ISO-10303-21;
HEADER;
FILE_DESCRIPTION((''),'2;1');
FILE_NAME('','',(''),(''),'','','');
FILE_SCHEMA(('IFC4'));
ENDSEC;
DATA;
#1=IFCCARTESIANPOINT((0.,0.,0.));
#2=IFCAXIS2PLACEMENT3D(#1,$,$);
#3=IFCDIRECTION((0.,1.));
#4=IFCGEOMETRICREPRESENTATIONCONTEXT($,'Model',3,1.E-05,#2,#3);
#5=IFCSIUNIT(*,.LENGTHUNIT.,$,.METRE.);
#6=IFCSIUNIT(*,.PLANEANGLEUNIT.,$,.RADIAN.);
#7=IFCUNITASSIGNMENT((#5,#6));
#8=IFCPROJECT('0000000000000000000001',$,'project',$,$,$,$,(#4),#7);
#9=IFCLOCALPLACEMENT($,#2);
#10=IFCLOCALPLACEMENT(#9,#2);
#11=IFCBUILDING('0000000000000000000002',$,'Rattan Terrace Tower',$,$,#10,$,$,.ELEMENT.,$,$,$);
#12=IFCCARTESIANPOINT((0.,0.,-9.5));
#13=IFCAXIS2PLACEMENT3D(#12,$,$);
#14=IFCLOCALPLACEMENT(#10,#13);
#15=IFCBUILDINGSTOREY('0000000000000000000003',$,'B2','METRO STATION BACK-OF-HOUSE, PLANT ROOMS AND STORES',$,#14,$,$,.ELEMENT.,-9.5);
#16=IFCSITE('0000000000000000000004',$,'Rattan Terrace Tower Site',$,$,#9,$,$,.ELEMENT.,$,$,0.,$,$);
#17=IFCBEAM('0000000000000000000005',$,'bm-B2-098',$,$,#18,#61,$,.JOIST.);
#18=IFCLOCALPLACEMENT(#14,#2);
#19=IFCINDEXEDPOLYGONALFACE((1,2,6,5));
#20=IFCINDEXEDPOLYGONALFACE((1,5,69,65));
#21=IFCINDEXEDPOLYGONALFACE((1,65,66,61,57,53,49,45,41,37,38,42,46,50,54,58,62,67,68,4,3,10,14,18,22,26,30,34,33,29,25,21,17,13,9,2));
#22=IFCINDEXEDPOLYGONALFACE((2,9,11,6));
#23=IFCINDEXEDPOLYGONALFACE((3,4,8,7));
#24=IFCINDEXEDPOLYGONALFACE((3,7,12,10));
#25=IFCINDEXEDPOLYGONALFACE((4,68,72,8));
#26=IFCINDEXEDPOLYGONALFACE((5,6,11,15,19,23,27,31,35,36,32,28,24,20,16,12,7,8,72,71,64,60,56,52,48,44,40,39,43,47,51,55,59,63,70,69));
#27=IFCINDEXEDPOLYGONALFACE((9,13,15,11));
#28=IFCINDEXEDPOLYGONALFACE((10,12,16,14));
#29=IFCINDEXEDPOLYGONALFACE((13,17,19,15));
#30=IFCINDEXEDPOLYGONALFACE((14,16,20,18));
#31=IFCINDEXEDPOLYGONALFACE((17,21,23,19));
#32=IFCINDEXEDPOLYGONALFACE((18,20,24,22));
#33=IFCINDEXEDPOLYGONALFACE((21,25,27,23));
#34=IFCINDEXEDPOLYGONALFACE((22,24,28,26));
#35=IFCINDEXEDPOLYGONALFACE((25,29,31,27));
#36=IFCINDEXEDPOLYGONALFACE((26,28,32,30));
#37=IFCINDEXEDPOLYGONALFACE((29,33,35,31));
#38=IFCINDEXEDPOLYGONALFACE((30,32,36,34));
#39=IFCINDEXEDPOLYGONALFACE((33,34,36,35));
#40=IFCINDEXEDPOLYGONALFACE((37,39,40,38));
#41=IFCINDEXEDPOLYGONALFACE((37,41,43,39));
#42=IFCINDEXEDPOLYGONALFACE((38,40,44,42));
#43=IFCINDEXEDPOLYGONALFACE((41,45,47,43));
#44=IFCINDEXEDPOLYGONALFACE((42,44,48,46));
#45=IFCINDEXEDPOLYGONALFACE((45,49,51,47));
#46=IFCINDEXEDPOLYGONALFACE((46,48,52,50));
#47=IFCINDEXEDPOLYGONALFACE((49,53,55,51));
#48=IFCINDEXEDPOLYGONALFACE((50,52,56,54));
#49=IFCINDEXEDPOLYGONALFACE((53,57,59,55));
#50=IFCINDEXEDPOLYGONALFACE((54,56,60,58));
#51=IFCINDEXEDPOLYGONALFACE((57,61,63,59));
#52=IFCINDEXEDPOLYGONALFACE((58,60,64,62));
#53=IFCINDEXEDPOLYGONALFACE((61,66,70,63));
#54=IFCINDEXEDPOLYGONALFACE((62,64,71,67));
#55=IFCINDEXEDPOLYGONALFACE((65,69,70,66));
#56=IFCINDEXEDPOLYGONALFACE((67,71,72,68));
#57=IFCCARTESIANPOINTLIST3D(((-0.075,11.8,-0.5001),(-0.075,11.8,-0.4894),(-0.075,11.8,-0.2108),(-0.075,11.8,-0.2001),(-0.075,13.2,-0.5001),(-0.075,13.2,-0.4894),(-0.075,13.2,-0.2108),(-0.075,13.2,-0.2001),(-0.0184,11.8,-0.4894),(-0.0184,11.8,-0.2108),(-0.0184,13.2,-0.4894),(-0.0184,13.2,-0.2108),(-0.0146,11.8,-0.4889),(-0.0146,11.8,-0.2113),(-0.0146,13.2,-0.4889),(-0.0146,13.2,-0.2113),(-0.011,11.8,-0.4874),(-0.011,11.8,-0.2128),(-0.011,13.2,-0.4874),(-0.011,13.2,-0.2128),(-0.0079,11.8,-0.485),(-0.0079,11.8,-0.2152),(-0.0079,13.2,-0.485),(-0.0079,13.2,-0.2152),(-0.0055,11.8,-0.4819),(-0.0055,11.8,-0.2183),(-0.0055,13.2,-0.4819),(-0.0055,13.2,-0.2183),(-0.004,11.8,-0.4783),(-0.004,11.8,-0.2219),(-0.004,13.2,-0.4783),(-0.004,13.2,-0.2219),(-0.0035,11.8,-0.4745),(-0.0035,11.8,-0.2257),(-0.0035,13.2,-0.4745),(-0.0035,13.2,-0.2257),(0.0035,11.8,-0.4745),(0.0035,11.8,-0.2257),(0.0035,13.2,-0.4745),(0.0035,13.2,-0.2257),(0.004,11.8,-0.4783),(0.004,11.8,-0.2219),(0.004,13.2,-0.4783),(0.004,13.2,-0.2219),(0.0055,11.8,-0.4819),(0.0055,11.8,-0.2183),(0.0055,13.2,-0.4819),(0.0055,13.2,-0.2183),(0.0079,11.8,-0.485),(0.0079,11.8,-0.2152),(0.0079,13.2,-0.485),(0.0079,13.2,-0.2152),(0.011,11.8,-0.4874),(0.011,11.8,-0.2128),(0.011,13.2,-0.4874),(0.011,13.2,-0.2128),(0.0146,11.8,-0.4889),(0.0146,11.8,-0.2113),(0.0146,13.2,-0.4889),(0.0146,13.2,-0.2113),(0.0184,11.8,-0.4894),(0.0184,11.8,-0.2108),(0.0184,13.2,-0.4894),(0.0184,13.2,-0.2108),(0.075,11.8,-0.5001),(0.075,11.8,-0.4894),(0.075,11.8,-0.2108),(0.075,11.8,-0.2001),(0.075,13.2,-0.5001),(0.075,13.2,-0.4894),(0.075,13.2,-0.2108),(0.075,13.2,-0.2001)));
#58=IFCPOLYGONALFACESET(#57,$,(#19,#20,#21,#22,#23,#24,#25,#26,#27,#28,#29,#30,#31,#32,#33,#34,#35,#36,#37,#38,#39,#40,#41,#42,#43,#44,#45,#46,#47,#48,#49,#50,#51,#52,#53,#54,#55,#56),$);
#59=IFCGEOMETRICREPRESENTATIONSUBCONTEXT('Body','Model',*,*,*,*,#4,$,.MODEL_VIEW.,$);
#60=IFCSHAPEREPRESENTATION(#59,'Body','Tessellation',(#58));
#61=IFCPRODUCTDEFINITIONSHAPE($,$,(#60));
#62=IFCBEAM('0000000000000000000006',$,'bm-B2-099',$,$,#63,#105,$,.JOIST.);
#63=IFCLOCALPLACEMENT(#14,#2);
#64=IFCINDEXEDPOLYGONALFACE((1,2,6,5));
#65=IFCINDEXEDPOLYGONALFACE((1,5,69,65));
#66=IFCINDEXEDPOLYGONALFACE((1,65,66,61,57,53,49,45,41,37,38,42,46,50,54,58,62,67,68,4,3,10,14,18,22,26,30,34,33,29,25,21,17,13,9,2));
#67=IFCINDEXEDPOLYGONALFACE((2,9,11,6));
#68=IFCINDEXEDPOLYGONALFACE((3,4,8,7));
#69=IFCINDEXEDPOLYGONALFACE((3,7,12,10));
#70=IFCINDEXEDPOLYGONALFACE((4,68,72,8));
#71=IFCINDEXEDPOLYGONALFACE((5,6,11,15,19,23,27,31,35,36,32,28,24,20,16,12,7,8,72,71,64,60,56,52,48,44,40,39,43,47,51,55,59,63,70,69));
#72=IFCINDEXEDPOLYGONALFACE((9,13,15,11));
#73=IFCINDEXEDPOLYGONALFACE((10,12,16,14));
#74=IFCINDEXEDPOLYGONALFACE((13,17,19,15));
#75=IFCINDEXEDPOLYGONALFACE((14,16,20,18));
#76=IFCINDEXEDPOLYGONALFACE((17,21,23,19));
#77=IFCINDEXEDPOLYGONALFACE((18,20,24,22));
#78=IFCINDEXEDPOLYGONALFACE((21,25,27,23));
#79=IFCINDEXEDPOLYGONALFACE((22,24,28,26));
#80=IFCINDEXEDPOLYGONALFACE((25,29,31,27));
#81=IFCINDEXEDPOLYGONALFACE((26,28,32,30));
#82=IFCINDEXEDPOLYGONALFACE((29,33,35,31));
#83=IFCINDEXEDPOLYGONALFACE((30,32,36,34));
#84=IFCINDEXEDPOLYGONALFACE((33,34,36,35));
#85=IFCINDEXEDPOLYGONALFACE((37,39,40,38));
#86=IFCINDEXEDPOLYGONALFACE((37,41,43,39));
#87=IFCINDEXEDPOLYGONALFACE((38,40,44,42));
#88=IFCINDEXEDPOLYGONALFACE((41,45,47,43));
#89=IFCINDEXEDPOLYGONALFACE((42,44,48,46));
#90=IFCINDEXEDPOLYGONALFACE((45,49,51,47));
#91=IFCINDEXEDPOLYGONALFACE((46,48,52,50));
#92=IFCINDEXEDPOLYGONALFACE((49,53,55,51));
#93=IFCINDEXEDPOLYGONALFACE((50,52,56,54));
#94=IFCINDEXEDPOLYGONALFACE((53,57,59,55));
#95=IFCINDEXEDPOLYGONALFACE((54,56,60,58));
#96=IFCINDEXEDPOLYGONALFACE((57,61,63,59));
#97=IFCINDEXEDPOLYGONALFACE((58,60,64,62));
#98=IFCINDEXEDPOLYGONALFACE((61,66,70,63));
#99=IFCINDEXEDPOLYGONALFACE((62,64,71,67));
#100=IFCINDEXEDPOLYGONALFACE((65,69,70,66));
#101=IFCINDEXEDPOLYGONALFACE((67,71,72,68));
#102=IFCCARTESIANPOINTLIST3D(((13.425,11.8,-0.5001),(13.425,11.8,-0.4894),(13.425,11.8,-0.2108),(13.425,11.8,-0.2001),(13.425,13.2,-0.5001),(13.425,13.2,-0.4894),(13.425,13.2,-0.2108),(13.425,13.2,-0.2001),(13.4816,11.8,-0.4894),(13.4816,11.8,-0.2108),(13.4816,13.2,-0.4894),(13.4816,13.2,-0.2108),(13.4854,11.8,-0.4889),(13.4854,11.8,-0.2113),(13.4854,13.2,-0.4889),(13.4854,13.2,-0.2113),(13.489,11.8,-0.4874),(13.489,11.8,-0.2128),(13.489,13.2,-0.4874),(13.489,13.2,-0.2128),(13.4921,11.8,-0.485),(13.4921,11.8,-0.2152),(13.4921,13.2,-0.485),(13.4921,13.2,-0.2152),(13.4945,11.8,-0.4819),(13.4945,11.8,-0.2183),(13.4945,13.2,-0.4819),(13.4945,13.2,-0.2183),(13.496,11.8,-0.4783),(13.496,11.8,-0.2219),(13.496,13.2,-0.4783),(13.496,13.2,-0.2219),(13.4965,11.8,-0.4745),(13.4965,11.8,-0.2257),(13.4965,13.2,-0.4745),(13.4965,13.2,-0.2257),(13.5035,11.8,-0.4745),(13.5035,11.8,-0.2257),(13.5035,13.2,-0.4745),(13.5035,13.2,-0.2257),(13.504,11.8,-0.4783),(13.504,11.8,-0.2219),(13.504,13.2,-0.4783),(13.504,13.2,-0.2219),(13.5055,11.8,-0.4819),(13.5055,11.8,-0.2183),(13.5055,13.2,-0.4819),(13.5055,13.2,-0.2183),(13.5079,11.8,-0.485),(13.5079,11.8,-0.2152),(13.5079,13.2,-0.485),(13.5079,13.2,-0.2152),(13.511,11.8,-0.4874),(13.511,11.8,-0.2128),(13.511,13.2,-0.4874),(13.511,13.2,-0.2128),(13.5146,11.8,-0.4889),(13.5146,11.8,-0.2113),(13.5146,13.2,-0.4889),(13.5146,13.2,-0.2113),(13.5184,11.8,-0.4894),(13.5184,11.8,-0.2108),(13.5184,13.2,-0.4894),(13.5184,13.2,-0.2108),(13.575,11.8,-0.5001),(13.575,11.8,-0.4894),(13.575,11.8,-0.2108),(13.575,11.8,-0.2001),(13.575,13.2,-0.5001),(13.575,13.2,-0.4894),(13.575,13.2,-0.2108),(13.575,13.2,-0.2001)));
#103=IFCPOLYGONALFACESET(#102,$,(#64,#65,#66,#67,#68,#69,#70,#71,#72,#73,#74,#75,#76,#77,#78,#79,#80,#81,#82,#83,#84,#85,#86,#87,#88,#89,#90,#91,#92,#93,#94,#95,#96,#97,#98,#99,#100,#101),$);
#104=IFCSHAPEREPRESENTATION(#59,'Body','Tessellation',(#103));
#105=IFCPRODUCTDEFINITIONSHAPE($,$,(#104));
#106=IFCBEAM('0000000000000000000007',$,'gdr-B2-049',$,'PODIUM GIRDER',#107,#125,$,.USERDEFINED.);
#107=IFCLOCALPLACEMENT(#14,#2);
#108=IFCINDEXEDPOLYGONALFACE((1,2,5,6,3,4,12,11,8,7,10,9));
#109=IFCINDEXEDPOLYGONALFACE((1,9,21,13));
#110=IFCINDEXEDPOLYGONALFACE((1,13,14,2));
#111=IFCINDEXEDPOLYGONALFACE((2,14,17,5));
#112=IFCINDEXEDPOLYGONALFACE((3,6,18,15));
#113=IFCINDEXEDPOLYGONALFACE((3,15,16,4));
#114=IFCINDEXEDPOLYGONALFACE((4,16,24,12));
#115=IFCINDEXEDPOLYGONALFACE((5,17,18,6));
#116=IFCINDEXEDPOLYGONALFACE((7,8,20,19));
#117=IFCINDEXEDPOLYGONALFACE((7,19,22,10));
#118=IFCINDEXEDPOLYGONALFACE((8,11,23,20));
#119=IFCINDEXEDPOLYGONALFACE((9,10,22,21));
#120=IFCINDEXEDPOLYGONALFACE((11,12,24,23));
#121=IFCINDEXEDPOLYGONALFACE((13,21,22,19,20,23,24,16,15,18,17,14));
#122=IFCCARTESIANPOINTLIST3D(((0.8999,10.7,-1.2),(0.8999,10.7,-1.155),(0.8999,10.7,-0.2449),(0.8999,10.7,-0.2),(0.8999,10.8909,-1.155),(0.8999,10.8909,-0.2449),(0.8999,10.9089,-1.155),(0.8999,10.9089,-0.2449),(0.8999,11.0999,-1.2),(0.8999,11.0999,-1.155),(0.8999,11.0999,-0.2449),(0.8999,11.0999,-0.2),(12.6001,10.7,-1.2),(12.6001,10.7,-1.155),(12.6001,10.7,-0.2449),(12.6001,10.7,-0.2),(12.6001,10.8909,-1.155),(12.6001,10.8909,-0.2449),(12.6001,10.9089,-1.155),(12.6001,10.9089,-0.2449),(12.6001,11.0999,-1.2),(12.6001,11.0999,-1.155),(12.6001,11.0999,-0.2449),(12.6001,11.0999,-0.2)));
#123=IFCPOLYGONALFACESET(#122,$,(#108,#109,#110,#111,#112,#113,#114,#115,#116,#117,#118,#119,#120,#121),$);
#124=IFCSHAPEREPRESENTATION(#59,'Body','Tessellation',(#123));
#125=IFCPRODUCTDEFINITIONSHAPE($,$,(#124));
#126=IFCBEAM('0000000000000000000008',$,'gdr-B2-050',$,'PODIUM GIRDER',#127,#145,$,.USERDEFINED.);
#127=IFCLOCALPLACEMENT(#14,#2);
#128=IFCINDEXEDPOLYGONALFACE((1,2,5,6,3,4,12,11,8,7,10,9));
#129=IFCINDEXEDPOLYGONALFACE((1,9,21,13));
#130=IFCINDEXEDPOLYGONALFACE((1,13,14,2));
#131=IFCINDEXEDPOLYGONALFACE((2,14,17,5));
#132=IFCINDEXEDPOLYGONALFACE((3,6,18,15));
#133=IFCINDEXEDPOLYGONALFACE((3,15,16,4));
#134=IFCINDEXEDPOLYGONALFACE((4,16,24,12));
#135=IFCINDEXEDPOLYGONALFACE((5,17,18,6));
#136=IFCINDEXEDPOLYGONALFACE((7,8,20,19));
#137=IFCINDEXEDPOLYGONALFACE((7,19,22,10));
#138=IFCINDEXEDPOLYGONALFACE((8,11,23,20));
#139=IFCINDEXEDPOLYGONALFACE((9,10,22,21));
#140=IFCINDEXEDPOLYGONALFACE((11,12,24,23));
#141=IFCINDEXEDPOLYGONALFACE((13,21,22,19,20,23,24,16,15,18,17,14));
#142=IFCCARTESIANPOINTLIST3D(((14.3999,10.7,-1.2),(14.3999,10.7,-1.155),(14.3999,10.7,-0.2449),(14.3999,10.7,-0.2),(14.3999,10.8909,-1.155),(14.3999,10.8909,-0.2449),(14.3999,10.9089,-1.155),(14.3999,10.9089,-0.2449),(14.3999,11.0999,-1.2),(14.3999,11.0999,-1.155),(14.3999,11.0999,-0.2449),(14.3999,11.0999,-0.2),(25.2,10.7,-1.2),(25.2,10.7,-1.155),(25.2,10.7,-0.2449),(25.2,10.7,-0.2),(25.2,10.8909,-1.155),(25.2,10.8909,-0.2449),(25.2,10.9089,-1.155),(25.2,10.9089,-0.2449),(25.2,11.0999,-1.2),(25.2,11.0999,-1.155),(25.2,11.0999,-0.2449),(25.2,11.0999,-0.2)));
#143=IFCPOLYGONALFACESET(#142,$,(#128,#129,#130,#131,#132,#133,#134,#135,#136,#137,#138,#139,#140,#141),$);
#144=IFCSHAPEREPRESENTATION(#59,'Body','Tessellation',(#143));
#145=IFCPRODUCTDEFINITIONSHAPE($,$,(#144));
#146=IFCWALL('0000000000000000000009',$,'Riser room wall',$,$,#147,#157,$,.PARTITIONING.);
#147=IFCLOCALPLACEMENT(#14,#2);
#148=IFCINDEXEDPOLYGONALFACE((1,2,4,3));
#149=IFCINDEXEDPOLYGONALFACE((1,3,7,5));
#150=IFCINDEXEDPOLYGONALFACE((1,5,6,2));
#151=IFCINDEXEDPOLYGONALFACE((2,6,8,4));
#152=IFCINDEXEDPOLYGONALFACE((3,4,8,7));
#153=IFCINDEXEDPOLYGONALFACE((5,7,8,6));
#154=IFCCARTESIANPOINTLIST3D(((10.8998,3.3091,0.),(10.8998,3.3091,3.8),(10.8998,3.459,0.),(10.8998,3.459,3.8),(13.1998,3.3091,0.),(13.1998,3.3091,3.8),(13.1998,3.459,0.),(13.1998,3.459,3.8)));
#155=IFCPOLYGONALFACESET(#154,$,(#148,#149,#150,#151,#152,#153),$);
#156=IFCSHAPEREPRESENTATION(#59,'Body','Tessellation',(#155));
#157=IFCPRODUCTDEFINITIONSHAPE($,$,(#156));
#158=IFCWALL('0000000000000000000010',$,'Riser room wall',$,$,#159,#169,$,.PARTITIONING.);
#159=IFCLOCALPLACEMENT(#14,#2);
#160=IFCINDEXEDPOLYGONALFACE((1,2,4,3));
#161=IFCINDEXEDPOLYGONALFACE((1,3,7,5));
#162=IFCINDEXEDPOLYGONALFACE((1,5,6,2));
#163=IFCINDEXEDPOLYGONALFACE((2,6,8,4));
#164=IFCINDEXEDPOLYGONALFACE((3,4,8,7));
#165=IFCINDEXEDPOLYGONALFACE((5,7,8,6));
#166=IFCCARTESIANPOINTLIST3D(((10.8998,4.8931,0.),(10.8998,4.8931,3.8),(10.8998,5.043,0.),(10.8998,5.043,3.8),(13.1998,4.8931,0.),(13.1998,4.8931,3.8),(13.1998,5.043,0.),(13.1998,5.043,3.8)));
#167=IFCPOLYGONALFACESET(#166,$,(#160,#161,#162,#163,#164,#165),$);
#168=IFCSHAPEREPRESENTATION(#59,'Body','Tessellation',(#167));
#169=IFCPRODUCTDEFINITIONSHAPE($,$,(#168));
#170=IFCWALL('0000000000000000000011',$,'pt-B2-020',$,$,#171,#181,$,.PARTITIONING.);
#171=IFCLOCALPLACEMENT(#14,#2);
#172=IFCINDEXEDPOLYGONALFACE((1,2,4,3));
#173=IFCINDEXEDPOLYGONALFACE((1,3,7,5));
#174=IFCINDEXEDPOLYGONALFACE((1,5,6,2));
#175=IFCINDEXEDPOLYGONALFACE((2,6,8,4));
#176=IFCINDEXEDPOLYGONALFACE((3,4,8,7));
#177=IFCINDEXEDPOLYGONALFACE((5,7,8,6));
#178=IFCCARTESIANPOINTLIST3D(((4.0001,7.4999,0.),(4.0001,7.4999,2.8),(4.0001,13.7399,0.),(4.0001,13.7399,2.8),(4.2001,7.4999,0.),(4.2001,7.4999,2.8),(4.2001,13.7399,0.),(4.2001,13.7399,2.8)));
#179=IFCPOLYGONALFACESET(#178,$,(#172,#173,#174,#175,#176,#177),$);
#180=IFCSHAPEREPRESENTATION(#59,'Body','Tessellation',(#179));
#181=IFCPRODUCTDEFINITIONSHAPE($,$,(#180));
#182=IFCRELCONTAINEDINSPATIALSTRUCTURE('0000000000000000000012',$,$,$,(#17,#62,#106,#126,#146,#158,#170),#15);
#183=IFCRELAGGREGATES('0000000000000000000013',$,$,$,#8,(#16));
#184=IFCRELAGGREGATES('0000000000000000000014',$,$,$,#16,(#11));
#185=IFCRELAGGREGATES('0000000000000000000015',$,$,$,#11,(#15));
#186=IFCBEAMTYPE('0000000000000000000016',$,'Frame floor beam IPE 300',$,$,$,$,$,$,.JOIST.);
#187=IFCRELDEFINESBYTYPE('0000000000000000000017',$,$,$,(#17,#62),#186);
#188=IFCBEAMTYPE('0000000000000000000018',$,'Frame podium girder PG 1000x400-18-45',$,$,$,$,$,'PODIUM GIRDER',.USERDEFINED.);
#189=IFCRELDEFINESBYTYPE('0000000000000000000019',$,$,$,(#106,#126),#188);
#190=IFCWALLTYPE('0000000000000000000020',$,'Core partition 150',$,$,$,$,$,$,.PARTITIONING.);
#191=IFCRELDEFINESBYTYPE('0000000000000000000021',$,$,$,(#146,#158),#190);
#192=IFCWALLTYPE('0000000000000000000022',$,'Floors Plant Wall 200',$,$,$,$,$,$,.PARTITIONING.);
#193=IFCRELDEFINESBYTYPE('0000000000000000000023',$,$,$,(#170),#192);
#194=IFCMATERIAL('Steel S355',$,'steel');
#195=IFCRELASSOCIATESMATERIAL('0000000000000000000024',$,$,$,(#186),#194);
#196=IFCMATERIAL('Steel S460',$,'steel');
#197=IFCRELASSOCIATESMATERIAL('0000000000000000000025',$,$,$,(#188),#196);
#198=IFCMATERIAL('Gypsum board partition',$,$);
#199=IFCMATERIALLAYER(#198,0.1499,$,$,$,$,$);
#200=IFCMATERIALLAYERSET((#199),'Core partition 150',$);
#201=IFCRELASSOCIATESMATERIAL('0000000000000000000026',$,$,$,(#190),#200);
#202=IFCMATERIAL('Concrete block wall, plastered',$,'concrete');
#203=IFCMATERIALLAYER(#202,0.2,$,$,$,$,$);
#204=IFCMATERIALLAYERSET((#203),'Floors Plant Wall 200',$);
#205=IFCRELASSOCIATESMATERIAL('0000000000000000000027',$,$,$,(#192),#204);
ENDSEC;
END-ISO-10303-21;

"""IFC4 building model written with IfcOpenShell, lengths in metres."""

from ifc_helpers import new_model, si_unit, direction, frame, frame_2d, origin, origin_2d, place, context, subcontext, project, spatial, rectangle, i_section, extrude, material, layer, layer_set, material_profile, profile_set, type_object, element, save


model = new_model("IFC4")

# Units and contexts
model_context = context("Model", 3, precision=1e-05, world=origin(), true_north=direction((0.0, 1.0)))
body_context = subcontext(model_context, "Body", "Model", "MODEL_VIEW")
ifc_project = project(units=[si_unit("LENGTHUNIT", "METRE"), si_unit("PLANEANGLEUNIT", "RADIAN")], contexts=[model_context])

# Site, building, storey
site_placement = place(None, origin())
site = spatial("IfcSite", under=ifc_project, at=site_placement, Name="Rattan Terrace Tower Site", CompositionType="ELEMENT", RefElevation=0.0)
building_placement = place(site_placement, origin())
building = spatial("IfcBuilding", under=site, at=building_placement, Name="Rattan Terrace Tower", CompositionType="ELEMENT")
storey_placement = place(building_placement, frame((0.0, 0.0, -9.5)))
storey = spatial("IfcBuildingStorey", under=building, at=storey_placement, Name="B2", Description="METRO STATION BACK-OF-HOUSE, PLANT ROOMS AND STORES", CompositionType="ELEMENT", Elevation=-9.5)

# Beams
ifc_material_1 = material(Name="Steel S355", Category="steel")
ifc_material_profile_1 = material_profile(ifc_material_1, i_section(OverallWidth=0.1499, OverallDepth=0.3, WebThickness=0.0071, FlangeThickness=0.0107, FilletRadius=0.0149, at=origin_2d()), Name="IPE 300")
ifc_profile_set_1 = profile_set([ifc_material_profile_1], Name="Steel S355")
beam_type_1 = type_object("IfcBeamType", Name="Frame floor beam IPE 300", PredefinedType="JOIST", material=ifc_profile_set_1)
for number, where, z_axis, x_axis, name in (
    (1, (0.0, 11.8, -0.3501), (0.0, 1.0, 0.0), (-1.0, 0.0, 0.0), "bm-B2-098"),
    (2, (13.5, 11.8, -0.3501), (0.0, 1.0, 0.0), (-1.0, 0.0, 0.0), "bm-B2-099"),
):
    element("IfcBeam", number, at=place(storey_placement, frame(where, z_axis=z_axis, x_axis=x_axis)), inside=storey, type_object=beam_type_1, Name=name, PredefinedType="JOIST", context=body_context, shape_type="SweptSolid", body=[
        extrude(i_section(OverallWidth=0.1499, OverallDepth=0.3, WebThickness=0.0071, FlangeThickness=0.0107, FilletRadius=0.0149, at=origin_2d()), origin(), (0.0, 0.0, 1.0), 1.3999),
    ])
ifc_material_2 = material(Name="Steel S460", Category="steel")
ifc_material_profile_2 = material_profile(ifc_material_2, i_section(OverallWidth=0.3999, OverallDepth=1.0, WebThickness=0.0181, FlangeThickness=0.0449, at=origin_2d()), Name="PG 1000x400-18-45")
ifc_profile_set_2 = profile_set([ifc_material_profile_2], Name="Steel S460")
beam_type_2 = type_object("IfcBeamType", Name="Frame podium girder PG 1000x400-18-45", ElementType="PODIUM GIRDER", PredefinedType="USERDEFINED", material=ifc_profile_set_2)
beam_1_placement = place(storey_placement, frame((0.8999, 10.8999, -0.7), z_axis=(1.0, 0.0, 0.0), x_axis=(0.0, 1.0, 0.0)))
element("IfcBeam", 3, at=beam_1_placement, inside=storey, type_object=beam_type_2, Name="gdr-B2-049", ObjectType="PODIUM GIRDER", PredefinedType="USERDEFINED", context=body_context, shape_type="SweptSolid", body=[
    extrude(i_section(OverallWidth=0.3999, OverallDepth=1.0, WebThickness=0.0181, FlangeThickness=0.0449, at=origin_2d()), origin(), (0.0, 0.0, 1.0), 11.7002),
])
beam_2_placement = place(storey_placement, frame((14.3999, 10.8999, -0.7), z_axis=(1.0, 0.0, 0.0), x_axis=(0.0, 1.0, 0.0)))
element("IfcBeam", 4, at=beam_2_placement, inside=storey, type_object=beam_type_2, Name="gdr-B2-050", ObjectType="PODIUM GIRDER", PredefinedType="USERDEFINED", context=body_context, shape_type="SweptSolid", body=[
    extrude(i_section(OverallWidth=0.3999, OverallDepth=1.0, WebThickness=0.0181, FlangeThickness=0.0449, at=origin_2d()), origin(), (0.0, 0.0, 1.0), 10.8),
])

# Walls
ifc_material_3 = material(Name="Gypsum board partition")
ifc_layer_1 = layer(ifc_material_3, 0.1499)
ifc_layer_set_1 = layer_set([ifc_layer_1], Name="Core partition 150")
wall_type_1 = type_object("IfcWallType", Name="Core partition 150", PredefinedType="PARTITIONING", material=ifc_layer_set_1)
for number, where, z_axis, x_axis, name in (
    (5, (10.8999, 3.384, 0.0), (0.0, 0.0, 1.0), (1.0, 0.0, 0.0), "Riser room wall"),
    (6, (10.8999, 4.968, 0.0), (0.0, 0.0, 1.0), (1.0, 0.0, 0.0), "Riser room wall"),
):
    element("IfcWall", number, at=place(storey_placement, frame(where, z_axis=z_axis, x_axis=x_axis)), inside=storey, type_object=wall_type_1, Name=name, PredefinedType="PARTITIONING", context=body_context, shape_type="SweptSolid", body=[
        extrude(rectangle(XDim=2.3, YDim=0.1499, at=frame_2d((1.1499, 0.0))), origin(), (0.0, 0.0, 1.0), 3.8),
    ])
ifc_material_4 = material(Name="Concrete block wall, plastered", Category="concrete")
ifc_layer_2 = layer(ifc_material_4, 0.2)
ifc_layer_set_2 = layer_set([ifc_layer_2], Name="Floors Plant Wall 200")
wall_type_2 = type_object("IfcWallType", Name="Floors Plant Wall 200", PredefinedType="PARTITIONING", material=ifc_layer_set_2)
wall_placement = place(storey_placement, frame((4.1001, 13.74, 0.0), z_axis=(0.0, 0.0, 1.0), x_axis=(0.0, -1.0, 0.0)))
element("IfcWall", 7, at=wall_placement, inside=storey, type_object=wall_type_2, Name="pt-B2-020", PredefinedType="PARTITIONING", context=body_context, shape_type="SweptSolid", body=[
    extrude(rectangle(XDim=6.24, YDim=0.2, at=frame_2d((3.1201, 0.0))), origin(), (0.0, 0.0, 1.0), 2.8),
])

save(model, "model.ifc")
